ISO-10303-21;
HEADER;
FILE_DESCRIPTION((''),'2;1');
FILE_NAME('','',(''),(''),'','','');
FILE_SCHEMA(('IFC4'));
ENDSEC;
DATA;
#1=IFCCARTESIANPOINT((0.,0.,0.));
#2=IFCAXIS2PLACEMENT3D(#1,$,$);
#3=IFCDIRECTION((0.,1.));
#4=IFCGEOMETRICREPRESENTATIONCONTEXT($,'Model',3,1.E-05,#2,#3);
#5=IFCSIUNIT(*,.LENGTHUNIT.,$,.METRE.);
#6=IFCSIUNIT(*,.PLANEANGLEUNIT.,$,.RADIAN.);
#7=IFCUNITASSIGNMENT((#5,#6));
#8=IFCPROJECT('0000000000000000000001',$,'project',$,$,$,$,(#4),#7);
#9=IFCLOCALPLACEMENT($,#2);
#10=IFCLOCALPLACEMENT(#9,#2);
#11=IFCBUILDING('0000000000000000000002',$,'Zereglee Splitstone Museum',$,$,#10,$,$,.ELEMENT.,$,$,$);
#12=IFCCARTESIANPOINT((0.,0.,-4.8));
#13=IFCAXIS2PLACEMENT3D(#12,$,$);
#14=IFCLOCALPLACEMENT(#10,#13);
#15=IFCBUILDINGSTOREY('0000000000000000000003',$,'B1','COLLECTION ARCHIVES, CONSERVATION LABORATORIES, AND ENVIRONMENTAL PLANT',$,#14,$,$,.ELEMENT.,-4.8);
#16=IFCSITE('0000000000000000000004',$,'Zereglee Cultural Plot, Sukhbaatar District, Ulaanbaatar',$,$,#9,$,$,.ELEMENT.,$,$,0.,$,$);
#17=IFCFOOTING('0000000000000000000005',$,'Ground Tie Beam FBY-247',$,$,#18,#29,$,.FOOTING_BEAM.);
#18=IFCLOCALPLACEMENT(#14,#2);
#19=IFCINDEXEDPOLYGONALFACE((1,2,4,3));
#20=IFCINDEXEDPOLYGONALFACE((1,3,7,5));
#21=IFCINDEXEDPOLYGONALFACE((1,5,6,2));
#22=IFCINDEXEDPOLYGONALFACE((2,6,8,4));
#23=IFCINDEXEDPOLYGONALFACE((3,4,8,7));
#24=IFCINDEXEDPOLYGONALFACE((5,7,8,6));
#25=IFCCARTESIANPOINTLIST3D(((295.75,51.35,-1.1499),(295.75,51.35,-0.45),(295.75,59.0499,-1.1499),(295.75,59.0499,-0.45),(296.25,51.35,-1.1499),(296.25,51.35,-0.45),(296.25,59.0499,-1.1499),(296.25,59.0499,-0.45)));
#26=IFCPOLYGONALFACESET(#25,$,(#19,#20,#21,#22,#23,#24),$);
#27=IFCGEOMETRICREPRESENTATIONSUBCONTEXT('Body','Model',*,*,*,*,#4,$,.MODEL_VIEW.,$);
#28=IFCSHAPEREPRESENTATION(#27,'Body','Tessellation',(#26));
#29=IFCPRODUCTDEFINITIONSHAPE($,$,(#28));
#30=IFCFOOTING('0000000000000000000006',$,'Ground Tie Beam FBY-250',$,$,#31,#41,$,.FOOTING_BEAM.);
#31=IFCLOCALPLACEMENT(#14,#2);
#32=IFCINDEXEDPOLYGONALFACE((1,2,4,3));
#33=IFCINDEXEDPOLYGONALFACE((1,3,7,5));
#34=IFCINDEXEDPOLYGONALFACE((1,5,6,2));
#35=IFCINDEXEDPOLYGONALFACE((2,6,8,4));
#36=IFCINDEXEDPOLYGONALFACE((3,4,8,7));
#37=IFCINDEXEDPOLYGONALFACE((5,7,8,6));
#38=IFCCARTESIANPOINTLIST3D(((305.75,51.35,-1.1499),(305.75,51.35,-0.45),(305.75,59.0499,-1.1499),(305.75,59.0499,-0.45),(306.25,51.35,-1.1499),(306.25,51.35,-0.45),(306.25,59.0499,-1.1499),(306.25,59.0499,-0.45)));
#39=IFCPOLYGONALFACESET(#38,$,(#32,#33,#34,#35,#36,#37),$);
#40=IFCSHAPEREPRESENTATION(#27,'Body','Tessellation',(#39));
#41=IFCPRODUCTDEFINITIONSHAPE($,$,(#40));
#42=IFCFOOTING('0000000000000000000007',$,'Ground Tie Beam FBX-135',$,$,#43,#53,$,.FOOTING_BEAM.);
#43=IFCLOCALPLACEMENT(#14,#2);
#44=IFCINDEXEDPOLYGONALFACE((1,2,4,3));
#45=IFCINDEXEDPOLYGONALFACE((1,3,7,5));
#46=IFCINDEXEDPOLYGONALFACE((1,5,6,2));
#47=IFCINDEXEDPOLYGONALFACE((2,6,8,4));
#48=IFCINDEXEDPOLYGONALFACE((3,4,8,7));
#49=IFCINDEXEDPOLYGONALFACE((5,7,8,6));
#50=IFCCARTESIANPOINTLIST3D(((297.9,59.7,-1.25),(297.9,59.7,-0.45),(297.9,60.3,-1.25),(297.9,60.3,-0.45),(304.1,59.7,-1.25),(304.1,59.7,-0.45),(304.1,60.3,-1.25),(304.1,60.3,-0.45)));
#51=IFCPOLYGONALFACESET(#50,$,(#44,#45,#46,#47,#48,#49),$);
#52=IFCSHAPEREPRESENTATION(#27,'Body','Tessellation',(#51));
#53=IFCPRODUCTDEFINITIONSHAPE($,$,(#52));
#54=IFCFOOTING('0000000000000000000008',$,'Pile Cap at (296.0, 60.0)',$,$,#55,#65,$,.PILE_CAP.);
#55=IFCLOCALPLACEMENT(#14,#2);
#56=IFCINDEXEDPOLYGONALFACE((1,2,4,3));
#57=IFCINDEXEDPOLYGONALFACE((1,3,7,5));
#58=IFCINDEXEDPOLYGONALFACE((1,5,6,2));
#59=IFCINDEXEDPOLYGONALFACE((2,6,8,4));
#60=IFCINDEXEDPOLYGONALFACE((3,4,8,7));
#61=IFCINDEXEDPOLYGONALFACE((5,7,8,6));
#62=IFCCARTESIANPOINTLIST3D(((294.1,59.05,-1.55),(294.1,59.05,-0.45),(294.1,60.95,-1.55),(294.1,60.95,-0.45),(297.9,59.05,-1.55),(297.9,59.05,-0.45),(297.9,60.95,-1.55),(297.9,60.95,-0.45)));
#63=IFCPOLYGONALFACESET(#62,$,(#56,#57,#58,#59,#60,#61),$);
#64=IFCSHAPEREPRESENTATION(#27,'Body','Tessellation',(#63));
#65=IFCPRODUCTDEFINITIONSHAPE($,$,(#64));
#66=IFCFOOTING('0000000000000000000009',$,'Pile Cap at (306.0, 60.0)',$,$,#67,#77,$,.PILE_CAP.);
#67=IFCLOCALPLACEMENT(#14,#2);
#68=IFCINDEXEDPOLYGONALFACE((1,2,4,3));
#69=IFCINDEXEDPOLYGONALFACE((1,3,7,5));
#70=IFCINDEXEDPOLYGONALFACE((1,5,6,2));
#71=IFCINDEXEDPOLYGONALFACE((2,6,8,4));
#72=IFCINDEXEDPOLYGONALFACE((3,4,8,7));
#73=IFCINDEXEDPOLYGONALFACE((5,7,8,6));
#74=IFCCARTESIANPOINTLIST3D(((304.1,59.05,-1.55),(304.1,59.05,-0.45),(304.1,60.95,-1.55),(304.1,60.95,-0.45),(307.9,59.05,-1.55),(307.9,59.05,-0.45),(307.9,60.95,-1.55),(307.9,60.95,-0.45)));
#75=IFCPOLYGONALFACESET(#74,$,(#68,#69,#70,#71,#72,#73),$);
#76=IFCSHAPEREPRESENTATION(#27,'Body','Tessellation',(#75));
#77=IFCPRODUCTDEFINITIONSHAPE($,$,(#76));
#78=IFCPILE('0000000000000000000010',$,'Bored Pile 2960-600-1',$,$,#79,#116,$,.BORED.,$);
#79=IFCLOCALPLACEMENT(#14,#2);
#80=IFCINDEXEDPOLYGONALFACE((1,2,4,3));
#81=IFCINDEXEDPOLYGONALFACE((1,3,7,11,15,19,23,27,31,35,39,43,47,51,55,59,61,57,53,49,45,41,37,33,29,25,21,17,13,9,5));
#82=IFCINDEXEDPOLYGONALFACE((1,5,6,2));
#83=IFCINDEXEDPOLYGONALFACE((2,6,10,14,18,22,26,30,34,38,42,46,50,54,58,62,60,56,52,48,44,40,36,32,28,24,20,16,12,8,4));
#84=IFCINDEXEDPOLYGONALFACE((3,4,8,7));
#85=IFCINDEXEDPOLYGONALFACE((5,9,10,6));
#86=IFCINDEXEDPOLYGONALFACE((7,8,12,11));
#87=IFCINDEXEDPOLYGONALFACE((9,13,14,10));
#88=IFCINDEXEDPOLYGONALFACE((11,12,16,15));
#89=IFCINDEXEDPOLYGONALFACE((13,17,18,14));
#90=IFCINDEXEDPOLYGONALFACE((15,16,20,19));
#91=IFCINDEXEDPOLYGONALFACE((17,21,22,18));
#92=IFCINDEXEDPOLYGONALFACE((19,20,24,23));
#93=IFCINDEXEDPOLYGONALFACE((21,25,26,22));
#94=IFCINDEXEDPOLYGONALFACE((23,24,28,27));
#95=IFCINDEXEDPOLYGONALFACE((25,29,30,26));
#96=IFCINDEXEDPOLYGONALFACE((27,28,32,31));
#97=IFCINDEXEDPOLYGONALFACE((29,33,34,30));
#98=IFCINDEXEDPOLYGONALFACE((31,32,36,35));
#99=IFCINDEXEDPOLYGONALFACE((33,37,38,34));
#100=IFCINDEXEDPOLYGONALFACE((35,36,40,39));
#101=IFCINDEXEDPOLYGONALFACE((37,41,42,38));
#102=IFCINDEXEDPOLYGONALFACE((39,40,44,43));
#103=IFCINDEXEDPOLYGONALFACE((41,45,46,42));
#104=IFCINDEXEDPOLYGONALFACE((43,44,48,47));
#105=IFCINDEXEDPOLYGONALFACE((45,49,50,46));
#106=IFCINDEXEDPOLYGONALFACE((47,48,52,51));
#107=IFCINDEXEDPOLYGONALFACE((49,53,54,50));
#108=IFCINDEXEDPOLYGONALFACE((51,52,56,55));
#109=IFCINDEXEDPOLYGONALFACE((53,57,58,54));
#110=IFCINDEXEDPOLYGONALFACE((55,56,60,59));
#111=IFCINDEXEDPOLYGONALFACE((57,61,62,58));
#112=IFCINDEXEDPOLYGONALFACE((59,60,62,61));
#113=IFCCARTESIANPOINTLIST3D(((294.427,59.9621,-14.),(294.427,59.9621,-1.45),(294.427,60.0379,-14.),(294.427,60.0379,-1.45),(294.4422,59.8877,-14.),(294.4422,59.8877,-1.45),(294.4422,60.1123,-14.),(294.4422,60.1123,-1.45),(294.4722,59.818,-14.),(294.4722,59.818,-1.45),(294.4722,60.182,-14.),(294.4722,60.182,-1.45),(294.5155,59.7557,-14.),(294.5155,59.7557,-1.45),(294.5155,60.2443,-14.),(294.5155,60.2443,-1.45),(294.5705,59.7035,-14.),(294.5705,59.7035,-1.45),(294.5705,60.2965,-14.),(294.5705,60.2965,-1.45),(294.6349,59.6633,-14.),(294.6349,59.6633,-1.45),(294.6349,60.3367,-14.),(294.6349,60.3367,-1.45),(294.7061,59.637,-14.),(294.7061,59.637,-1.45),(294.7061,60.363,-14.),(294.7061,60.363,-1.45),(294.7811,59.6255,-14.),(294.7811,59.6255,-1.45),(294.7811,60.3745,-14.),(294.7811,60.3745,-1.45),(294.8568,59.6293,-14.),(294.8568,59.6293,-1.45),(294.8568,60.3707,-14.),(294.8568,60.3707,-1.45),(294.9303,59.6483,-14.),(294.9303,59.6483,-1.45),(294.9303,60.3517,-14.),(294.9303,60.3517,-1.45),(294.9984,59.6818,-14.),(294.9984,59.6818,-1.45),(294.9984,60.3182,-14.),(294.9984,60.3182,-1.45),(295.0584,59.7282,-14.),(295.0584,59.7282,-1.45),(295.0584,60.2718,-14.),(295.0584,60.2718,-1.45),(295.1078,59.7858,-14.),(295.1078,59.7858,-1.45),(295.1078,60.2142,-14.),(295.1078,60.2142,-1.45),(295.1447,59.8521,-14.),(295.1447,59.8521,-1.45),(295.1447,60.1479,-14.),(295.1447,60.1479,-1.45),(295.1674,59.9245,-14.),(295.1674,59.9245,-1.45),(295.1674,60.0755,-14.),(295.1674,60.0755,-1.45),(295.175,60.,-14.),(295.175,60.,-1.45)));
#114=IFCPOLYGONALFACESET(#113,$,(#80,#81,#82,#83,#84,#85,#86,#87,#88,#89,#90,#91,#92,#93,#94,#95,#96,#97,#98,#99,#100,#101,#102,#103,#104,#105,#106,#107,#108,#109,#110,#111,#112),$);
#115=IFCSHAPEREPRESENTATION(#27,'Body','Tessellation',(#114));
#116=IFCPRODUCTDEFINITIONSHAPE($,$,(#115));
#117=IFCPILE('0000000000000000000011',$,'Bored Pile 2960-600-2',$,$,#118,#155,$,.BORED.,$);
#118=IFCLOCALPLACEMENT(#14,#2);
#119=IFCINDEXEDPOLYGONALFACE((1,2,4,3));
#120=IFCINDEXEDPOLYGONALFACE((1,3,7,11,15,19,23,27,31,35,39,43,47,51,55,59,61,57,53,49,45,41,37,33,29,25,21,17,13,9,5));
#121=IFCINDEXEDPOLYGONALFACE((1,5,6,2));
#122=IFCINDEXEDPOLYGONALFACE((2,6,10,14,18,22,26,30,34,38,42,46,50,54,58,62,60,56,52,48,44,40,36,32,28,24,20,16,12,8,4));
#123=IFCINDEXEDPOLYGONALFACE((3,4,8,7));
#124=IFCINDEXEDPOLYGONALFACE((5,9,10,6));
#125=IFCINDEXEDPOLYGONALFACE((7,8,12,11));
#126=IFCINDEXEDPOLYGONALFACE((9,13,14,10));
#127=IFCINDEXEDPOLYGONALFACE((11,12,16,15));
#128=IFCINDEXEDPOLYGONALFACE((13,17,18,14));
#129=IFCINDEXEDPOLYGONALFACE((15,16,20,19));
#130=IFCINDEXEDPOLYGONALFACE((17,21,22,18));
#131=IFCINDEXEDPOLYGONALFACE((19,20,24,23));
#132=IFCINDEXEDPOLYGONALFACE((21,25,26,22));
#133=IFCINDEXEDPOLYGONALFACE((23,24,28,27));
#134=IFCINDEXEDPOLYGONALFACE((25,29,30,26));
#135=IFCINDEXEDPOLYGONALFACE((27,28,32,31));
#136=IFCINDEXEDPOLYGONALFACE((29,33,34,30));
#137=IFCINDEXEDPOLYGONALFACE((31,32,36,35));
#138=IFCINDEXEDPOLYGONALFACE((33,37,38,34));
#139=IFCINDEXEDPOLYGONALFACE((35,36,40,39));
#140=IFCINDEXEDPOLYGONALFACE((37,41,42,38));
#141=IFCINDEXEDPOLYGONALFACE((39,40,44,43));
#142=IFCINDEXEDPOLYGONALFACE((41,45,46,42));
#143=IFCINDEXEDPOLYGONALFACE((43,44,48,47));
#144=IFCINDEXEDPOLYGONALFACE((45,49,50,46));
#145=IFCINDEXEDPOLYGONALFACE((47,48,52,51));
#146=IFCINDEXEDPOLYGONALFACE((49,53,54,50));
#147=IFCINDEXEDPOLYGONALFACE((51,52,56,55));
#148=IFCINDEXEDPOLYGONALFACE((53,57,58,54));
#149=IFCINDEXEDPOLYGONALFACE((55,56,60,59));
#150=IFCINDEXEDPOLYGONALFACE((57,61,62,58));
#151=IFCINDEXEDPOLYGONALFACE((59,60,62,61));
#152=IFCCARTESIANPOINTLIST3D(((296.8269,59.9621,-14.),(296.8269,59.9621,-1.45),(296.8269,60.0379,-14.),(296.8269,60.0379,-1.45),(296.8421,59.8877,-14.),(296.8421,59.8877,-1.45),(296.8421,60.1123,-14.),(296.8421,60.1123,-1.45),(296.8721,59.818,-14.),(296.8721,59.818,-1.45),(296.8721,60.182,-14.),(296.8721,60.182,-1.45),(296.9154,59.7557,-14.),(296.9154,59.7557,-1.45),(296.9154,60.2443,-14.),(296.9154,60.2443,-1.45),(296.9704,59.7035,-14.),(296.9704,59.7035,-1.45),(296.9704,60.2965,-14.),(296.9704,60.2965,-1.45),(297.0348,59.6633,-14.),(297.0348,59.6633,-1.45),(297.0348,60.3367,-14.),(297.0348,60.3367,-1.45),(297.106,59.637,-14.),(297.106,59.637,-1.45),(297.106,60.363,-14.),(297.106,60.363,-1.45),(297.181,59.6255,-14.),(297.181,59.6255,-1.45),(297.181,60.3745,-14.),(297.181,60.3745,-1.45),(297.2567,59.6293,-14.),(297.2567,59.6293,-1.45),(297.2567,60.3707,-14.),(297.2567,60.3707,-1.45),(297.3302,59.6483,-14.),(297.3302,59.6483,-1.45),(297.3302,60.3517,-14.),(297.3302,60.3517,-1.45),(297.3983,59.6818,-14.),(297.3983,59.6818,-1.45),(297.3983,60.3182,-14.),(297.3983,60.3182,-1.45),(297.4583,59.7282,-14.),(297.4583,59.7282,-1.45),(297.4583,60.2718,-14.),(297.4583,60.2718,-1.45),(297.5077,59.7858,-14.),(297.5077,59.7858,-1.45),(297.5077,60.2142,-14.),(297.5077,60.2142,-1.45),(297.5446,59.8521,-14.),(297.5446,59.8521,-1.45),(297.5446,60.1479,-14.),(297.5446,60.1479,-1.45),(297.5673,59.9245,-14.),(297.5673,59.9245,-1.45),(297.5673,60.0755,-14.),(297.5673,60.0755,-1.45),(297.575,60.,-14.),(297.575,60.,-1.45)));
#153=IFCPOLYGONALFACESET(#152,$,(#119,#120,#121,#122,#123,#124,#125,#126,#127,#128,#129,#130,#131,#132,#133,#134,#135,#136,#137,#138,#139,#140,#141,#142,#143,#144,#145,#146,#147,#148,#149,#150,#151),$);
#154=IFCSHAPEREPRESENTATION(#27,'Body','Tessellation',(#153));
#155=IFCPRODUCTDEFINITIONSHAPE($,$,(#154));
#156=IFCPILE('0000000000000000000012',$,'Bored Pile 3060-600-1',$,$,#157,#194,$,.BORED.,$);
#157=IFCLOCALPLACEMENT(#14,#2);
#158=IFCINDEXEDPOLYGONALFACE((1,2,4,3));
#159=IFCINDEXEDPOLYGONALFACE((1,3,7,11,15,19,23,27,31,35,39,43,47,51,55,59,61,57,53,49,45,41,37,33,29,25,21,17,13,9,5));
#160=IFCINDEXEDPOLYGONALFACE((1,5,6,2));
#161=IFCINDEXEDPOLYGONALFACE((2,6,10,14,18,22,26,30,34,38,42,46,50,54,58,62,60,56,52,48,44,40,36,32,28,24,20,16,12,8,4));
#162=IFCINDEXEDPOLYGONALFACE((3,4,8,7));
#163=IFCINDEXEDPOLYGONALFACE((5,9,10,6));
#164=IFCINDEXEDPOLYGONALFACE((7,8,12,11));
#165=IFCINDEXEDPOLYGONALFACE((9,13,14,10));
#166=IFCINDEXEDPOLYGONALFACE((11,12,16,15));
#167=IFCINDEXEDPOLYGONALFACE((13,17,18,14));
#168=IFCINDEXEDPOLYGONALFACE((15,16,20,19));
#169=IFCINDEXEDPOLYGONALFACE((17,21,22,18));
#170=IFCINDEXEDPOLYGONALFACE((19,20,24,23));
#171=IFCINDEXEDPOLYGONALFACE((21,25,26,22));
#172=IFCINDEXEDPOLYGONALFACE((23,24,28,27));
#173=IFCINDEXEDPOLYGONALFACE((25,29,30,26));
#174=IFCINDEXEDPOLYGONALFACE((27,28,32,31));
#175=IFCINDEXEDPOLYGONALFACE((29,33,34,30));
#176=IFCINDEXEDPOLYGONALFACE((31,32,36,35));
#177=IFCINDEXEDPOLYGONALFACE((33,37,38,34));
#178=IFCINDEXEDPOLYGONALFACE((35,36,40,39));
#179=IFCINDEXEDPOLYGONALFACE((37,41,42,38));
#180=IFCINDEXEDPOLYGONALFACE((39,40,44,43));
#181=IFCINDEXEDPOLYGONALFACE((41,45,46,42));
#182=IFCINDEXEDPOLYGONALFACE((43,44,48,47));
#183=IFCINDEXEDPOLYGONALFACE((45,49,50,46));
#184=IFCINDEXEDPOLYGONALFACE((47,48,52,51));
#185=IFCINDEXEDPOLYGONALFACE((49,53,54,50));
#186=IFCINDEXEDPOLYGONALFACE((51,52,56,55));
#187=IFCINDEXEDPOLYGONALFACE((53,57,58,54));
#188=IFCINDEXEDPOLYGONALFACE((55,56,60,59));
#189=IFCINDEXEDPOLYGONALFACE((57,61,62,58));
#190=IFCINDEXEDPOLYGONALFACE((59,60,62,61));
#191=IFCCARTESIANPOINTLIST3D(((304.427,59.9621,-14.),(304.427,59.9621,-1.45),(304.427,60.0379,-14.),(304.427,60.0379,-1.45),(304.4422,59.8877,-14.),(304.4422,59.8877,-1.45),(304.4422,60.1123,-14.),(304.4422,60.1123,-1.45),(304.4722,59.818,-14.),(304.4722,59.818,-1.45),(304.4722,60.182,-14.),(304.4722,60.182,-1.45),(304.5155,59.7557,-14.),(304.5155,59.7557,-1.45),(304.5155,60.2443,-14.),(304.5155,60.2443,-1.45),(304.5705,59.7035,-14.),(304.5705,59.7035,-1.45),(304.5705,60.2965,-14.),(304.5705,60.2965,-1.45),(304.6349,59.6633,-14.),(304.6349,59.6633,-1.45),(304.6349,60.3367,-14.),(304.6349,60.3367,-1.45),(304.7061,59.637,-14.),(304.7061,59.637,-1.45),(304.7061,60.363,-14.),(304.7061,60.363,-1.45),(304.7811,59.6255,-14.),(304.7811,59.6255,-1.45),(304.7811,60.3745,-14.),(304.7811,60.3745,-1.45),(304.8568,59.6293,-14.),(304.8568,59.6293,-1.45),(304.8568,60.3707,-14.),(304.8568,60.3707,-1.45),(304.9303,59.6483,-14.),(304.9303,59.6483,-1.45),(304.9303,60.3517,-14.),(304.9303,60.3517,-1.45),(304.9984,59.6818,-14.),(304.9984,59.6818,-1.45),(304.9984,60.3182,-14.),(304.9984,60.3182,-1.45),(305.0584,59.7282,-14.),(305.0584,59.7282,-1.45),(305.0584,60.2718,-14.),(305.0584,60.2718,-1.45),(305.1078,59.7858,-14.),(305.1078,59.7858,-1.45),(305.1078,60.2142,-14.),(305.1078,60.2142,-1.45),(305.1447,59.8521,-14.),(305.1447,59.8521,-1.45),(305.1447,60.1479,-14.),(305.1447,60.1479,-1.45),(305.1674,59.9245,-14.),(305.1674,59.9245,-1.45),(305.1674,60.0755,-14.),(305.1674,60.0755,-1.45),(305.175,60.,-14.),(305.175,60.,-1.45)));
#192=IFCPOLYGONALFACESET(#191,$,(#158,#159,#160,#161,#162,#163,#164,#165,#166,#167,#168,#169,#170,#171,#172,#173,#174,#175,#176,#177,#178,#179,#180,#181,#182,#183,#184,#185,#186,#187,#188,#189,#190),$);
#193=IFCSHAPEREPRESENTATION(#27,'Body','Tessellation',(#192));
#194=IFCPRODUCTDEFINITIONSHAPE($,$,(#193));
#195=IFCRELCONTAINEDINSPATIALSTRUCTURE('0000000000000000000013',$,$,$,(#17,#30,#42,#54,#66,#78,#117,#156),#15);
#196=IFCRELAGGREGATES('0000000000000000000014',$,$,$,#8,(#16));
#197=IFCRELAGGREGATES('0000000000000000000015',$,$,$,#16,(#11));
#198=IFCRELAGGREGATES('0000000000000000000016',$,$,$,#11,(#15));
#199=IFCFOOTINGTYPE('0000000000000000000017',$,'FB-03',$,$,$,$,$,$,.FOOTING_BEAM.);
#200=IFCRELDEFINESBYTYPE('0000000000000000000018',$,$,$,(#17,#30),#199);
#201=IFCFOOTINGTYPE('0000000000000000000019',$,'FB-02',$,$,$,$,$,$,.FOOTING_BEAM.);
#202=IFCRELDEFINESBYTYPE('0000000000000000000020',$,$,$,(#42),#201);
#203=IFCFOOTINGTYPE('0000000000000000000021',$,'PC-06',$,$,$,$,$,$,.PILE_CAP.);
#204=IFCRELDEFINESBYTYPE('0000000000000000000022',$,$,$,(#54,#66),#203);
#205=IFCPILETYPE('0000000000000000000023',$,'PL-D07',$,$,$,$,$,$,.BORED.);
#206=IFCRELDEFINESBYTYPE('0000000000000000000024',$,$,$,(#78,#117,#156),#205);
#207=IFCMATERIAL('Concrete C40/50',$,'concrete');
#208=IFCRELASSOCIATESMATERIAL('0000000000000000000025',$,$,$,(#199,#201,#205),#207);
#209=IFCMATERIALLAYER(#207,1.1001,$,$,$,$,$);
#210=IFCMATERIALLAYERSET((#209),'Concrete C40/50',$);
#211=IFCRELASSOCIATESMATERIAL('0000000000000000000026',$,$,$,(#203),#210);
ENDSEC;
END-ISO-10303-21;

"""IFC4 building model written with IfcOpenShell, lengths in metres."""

from ifc_helpers import new_model, si_unit, direction, frame, origin, origin_2d, place, context, subcontext, project, spatial, rectangle, circle, extrude, material, layer, layer_set, material_profile, profile_set, type_object, element, save


model = new_model("IFC4")

# Units and contexts
model_context = context("Model", 3, precision=1e-05, world=origin(), true_north=direction((0.0, 1.0)))
body_context = subcontext(model_context, "Body", "Model", "MODEL_VIEW")
ifc_project = project(units=[si_unit("LENGTHUNIT", "METRE"), si_unit("PLANEANGLEUNIT", "RADIAN")], contexts=[model_context])

# Site, building, storey
site_placement = place(None, origin())
site = spatial("IfcSite", under=ifc_project, at=site_placement, Name="Zereglee Cultural Plot, Sukhbaatar District, Ulaanbaatar", CompositionType="ELEMENT", RefElevation=0.0)
building_placement = place(site_placement, origin())
building = spatial("IfcBuilding", under=site, at=building_placement, Name="Zereglee Splitstone Museum", CompositionType="ELEMENT")
storey_placement = place(building_placement, frame((0.0, 0.0, -4.8)))
storey = spatial("IfcBuildingStorey", under=building, at=storey_placement, Name="B1", Description="COLLECTION ARCHIVES, CONSERVATION LABORATORIES, AND ENVIRONMENTAL PLANT", CompositionType="ELEMENT", Elevation=-4.8)

# Footings
ifc_material_1 = material(Name="Concrete C40/50", Category="concrete")
footing_type_1 = type_object("IfcFootingType", Name="FB-03", PredefinedType="FOOTING_BEAM", material=ifc_material_1)
for number, where, z_axis, x_axis, name in (
    (1, (296.0, 55.2, -1.1499), (0.0, 0.0, 1.0), (0.0, 1.0, 0.0), "Ground Tie Beam FBY-247"),
    (2, (306.0, 55.2, -1.1499), (0.0, 0.0, 1.0), (0.0, 1.0, 0.0), "Ground Tie Beam FBY-250"),
):
    element("IfcFooting", number, at=place(storey_placement, frame(where, z_axis=z_axis, x_axis=x_axis)), inside=storey, type_object=footing_type_1, Name=name, PredefinedType="FOOTING_BEAM", context=body_context, shape_type="SweptSolid", body=[
        extrude(rectangle(XDim=7.7, YDim=0.5, at=origin_2d()), origin(), (0.0, 0.0, 1.0), 0.7),
    ])
footing_type_2 = type_object("IfcFootingType", Name="FB-02", PredefinedType="FOOTING_BEAM", material=ifc_material_1)
footing_placement = place(storey_placement, frame((301.0, 60.0, -1.25), z_axis=(0.0, 0.0, 1.0), x_axis=(1.0, 0.0, 0.0)))
element("IfcFooting", 3, at=footing_placement, inside=storey, type_object=footing_type_2, Name="Ground Tie Beam FBX-135", PredefinedType="FOOTING_BEAM", context=body_context, shape_type="SweptSolid", body=[
    extrude(rectangle(XDim=6.2, YDim=0.6001, at=origin_2d()), origin(), (0.0, 0.0, 1.0), 0.8),
])
ifc_layer_1 = layer(ifc_material_1, 1.1001)
ifc_layer_set_1 = layer_set([ifc_layer_1], Name="Concrete C40/50")
footing_type_3 = type_object("IfcFootingType", Name="PC-06", PredefinedType="PILE_CAP", material=ifc_layer_set_1)
for number, where, z_axis, x_axis, name in (
    (4, (296.0, 60.0, -1.55), (0.0, 0.0, 1.0), (1.0, 0.0, 0.0), "Pile Cap at (296.0, 60.0)"),
    (5, (306.0, 60.0, -1.55), (0.0, 0.0, 1.0), (1.0, 0.0, 0.0), "Pile Cap at (306.0, 60.0)"),
):
    element("IfcFooting", number, at=place(storey_placement, frame(where, z_axis=z_axis, x_axis=x_axis)), inside=storey, type_object=footing_type_3, Name=name, PredefinedType="PILE_CAP", context=body_context, shape_type="SweptSolid", body=[
        extrude(rectangle(XDim=3.8, YDim=1.8999, at=origin_2d()), origin(), (0.0, 0.0, 1.0), 1.1001),
    ])

# Piles
ifc_material_profile_1 = material_profile(ifc_material_1, circle(Radius=0.375, at=origin_2d()), Name="PILE D750")
ifc_profile_set_1 = profile_set([ifc_material_profile_1], Name="Concrete C40/50")
pile_type = type_object("IfcPileType", Name="PL-D07", PredefinedType="BORED", material=ifc_profile_set_1)
for number, where, z_axis, x_axis, name in (
    (6, (294.8, 60.0, -1.45), (0.0, 0.0, -1.0), (1.0, 0.0, 0.0), "Bored Pile 2960-600-1"),
    (7, (297.2, 60.0, -1.45), (0.0, 0.0, -1.0), (1.0, 0.0, 0.0), "Bored Pile 2960-600-2"),
    (8, (304.8, 60.0, -1.45), (0.0, 0.0, -1.0), (1.0, 0.0, 0.0), "Bored Pile 3060-600-1"),
):
    element("IfcPile", number, at=place(storey_placement, frame(where, z_axis=z_axis, x_axis=x_axis)), inside=storey, type_object=pile_type, Name=name, PredefinedType="BORED", context=body_context, shape_type="SweptSolid", body=[
        extrude(circle(Radius=0.375, at=origin_2d()), origin(), (0.0, 0.0, 1.0), 12.55),
    ])

save(model, "model.ifc")
